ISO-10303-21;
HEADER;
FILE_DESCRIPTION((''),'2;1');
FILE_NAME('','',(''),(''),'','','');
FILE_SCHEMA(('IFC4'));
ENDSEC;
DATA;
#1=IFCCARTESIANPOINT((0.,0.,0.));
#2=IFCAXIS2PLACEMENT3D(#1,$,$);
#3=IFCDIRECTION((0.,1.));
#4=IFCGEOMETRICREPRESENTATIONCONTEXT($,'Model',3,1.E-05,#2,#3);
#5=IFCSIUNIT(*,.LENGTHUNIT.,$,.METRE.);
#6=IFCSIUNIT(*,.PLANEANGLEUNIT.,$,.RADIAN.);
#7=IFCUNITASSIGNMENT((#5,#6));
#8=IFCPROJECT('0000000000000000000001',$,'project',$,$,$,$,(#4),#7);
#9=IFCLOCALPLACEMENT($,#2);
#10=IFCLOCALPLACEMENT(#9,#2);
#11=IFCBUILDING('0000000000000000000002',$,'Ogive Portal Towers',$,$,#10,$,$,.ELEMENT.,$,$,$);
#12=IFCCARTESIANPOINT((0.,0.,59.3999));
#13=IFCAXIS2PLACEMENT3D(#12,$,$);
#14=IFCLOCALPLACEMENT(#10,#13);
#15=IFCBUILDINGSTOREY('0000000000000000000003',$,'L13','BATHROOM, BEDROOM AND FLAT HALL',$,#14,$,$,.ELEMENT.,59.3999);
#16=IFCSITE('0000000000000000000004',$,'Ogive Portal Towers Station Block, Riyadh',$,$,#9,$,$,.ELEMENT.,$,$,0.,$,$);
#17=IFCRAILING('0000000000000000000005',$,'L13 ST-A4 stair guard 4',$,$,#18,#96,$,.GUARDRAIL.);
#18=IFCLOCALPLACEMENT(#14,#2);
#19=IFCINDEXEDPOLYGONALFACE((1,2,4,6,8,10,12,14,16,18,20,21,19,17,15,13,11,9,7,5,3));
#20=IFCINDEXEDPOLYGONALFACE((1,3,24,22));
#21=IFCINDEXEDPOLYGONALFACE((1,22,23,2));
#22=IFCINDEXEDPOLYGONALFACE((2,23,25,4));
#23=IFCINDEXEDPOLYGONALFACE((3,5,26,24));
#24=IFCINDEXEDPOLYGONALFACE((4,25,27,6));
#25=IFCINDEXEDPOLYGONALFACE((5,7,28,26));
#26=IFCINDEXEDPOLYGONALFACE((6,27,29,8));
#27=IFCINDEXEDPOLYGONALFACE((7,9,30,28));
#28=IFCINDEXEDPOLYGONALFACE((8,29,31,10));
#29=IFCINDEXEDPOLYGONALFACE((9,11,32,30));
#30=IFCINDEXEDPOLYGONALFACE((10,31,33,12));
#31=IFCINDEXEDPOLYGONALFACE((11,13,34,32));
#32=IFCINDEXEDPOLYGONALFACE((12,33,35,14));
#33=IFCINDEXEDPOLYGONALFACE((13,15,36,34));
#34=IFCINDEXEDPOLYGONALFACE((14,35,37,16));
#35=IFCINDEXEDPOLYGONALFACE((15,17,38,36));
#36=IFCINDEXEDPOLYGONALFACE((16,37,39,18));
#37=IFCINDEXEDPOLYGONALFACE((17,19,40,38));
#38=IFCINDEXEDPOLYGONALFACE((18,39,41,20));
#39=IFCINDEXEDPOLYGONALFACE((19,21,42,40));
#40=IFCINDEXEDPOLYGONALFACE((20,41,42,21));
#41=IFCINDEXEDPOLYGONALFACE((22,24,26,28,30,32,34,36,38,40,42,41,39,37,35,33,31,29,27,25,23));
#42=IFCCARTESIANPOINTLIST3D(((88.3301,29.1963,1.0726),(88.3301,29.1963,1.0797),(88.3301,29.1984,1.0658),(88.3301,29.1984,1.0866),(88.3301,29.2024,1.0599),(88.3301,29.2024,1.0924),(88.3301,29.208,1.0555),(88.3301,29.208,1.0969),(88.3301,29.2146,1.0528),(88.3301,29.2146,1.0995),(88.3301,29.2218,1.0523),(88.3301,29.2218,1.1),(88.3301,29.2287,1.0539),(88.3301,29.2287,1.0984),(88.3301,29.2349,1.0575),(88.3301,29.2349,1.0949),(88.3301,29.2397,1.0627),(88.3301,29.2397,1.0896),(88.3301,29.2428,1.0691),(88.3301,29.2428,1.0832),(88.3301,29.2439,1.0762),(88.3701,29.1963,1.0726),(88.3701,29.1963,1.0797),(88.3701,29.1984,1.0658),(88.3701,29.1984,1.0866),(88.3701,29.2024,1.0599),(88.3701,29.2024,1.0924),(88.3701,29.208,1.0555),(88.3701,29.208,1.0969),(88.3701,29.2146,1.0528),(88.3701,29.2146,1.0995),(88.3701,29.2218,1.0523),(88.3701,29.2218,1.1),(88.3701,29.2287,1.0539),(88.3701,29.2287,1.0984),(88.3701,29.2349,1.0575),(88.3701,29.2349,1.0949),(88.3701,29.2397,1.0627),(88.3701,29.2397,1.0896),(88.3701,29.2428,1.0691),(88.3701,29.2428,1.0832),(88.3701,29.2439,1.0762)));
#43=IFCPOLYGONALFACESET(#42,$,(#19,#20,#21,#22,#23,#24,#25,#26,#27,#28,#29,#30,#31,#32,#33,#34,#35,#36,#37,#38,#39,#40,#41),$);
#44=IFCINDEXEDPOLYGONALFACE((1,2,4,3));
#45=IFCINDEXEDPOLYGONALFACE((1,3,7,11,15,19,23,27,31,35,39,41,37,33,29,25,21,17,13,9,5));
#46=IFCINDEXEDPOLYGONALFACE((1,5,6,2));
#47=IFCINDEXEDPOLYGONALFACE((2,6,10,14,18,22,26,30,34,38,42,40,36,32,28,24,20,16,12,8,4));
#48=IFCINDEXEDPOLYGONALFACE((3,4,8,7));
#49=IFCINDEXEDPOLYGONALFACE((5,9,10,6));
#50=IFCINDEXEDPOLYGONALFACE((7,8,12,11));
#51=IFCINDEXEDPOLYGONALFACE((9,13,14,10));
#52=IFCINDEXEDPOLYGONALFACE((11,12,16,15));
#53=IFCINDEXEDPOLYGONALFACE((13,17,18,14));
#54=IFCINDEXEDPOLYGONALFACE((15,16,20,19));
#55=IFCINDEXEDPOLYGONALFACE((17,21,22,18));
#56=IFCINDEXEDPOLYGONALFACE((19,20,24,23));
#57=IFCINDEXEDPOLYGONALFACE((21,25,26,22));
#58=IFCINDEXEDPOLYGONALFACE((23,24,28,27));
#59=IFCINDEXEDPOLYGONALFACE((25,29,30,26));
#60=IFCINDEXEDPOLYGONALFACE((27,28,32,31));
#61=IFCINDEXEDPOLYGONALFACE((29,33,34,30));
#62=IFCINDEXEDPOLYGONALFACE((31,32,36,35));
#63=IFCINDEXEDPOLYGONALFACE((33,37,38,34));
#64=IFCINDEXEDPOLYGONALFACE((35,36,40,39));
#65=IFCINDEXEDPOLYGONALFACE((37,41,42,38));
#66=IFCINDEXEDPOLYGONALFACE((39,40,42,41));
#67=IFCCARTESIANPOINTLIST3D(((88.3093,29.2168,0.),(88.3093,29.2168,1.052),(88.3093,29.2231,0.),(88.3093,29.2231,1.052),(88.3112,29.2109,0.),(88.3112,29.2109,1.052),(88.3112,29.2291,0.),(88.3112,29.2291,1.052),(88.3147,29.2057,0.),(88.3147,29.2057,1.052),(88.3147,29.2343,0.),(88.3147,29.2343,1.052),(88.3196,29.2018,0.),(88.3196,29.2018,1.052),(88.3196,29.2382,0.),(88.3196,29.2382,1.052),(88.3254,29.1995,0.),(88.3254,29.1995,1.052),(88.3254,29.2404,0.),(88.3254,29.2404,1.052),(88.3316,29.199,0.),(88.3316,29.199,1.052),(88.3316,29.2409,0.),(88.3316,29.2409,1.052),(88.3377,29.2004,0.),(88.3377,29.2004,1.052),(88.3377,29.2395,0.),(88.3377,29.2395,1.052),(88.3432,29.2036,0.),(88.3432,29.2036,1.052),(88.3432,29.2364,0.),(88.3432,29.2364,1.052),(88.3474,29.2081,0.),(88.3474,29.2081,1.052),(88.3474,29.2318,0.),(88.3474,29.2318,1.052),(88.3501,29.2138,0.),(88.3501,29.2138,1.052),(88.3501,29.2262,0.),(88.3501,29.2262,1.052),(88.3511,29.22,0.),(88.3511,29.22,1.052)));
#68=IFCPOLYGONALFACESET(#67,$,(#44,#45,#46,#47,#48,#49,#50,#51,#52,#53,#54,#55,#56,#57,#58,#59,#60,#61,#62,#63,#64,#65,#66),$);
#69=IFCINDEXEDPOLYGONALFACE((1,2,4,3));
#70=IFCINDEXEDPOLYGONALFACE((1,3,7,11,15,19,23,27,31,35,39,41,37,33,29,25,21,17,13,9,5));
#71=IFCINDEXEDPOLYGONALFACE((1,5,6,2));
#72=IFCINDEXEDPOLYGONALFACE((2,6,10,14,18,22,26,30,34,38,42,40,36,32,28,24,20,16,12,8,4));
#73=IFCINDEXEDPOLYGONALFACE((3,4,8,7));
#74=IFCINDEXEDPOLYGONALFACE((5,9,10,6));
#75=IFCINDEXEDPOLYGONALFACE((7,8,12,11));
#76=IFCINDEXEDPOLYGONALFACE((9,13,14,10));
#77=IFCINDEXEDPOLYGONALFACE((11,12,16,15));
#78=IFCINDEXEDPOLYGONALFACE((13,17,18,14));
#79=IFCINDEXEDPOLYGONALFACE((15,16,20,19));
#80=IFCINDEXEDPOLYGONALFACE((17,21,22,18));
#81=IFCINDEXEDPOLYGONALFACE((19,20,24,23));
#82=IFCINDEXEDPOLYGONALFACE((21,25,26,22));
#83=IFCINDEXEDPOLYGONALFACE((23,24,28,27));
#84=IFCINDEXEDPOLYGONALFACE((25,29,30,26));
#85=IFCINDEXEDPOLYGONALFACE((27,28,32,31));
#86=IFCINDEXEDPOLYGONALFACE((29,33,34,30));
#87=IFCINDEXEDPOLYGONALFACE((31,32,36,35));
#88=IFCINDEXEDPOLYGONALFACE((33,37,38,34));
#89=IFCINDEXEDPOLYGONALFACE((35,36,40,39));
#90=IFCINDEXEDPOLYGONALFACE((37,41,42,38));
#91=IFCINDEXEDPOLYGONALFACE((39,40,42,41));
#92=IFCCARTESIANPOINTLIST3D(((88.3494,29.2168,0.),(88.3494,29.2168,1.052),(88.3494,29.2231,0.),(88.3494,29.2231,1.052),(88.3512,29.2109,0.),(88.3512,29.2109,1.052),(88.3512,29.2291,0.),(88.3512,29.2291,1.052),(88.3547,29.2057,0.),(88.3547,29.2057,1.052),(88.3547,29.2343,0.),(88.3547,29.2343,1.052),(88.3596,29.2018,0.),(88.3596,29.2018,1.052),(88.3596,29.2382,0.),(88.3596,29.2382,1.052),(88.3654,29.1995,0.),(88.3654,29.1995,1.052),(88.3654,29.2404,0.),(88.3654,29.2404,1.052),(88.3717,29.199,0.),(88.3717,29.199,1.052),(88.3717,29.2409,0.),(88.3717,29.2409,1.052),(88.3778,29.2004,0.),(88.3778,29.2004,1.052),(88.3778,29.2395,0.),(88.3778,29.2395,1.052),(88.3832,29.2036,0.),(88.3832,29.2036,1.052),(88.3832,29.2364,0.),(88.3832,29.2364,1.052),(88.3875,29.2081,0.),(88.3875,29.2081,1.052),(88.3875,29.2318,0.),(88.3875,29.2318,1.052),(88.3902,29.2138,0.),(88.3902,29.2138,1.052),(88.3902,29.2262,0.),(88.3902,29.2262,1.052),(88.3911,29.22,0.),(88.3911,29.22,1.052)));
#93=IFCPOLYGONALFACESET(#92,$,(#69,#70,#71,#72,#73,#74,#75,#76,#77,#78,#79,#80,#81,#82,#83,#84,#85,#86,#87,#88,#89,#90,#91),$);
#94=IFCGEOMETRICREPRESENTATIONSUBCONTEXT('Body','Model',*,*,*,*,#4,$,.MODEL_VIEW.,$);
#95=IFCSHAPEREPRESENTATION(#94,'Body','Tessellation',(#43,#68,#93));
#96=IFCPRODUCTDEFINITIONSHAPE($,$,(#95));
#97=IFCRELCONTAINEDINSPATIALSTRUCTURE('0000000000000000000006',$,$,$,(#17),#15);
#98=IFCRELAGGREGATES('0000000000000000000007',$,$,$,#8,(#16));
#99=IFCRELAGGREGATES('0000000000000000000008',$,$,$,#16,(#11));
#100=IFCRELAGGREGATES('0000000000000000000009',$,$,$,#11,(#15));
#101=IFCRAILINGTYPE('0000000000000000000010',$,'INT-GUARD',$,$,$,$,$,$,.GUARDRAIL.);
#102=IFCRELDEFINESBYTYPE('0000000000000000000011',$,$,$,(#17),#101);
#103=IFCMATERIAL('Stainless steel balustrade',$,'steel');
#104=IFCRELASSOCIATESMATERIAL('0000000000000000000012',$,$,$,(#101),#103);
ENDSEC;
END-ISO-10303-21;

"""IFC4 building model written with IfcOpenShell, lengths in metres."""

from ifc_helpers import new_model, si_unit, direction, frame, origin, origin_2d, place, context, subcontext, project, spatial, circle, extrude, material, type_object, element, save


model = new_model("IFC4")

# Units and contexts
model_context = context("Model", 3, precision=1e-05, world=origin(), true_north=direction((0.0, 1.0)))
body_context = subcontext(model_context, "Body", "Model", "MODEL_VIEW")
ifc_project = project(units=[si_unit("LENGTHUNIT", "METRE"), si_unit("PLANEANGLEUNIT", "RADIAN")], contexts=[model_context])

# Site, building, storey
site_placement = place(None, origin())
site = spatial("IfcSite", under=ifc_project, at=site_placement, Name="Ogive Portal Towers Station Block, Riyadh", CompositionType="ELEMENT", RefElevation=0.0)
building_placement = place(site_placement, origin())
building = spatial("IfcBuilding", under=site, at=building_placement, Name="Ogive Portal Towers", CompositionType="ELEMENT")
storey_placement = place(building_placement, frame((0.0, 0.0, 59.3999)))
storey = spatial("IfcBuildingStorey", under=building, at=storey_placement, Name="L13", Description="BATHROOM, BEDROOM AND FLAT HALL", CompositionType="ELEMENT", Elevation=59.3999)

# Railing
ifc_material_1 = material(Name="Stainless steel balustrade", Category="steel")
railing_type_1 = type_object("IfcRailingType", Name="INT-GUARD", PredefinedType="GUARDRAIL", material=ifc_material_1)
railing_1_placement = place(storey_placement, frame((88.3301, 29.22, 0.0)))
element("IfcRailing", 1, at=railing_1_placement, inside=storey, type_object=railing_type_1, Name="L13 ST-A4 stair guard 4", PredefinedType="GUARDRAIL", context=body_context, shape_type="SweptSolid", body=[
    extrude(circle(Radius=0.0239, at=origin_2d()), frame((0.0, 0.0, 1.0762), z_axis=(1.0, 0.0, 0.0), x_axis=(0.0, 1.0, 0.0)), (0.0, 0.0, 1.0), 0.04),
    extrude(circle(Radius=0.021, at=origin_2d()), origin(), (0.0, 0.0, 1.0), 1.052),
    extrude(circle(Radius=0.021, at=origin_2d()), frame((0.04, 0.0, 0.0)), (0.0, 0.0, 1.0), 1.052),
])

save(model, "model.ifc")
